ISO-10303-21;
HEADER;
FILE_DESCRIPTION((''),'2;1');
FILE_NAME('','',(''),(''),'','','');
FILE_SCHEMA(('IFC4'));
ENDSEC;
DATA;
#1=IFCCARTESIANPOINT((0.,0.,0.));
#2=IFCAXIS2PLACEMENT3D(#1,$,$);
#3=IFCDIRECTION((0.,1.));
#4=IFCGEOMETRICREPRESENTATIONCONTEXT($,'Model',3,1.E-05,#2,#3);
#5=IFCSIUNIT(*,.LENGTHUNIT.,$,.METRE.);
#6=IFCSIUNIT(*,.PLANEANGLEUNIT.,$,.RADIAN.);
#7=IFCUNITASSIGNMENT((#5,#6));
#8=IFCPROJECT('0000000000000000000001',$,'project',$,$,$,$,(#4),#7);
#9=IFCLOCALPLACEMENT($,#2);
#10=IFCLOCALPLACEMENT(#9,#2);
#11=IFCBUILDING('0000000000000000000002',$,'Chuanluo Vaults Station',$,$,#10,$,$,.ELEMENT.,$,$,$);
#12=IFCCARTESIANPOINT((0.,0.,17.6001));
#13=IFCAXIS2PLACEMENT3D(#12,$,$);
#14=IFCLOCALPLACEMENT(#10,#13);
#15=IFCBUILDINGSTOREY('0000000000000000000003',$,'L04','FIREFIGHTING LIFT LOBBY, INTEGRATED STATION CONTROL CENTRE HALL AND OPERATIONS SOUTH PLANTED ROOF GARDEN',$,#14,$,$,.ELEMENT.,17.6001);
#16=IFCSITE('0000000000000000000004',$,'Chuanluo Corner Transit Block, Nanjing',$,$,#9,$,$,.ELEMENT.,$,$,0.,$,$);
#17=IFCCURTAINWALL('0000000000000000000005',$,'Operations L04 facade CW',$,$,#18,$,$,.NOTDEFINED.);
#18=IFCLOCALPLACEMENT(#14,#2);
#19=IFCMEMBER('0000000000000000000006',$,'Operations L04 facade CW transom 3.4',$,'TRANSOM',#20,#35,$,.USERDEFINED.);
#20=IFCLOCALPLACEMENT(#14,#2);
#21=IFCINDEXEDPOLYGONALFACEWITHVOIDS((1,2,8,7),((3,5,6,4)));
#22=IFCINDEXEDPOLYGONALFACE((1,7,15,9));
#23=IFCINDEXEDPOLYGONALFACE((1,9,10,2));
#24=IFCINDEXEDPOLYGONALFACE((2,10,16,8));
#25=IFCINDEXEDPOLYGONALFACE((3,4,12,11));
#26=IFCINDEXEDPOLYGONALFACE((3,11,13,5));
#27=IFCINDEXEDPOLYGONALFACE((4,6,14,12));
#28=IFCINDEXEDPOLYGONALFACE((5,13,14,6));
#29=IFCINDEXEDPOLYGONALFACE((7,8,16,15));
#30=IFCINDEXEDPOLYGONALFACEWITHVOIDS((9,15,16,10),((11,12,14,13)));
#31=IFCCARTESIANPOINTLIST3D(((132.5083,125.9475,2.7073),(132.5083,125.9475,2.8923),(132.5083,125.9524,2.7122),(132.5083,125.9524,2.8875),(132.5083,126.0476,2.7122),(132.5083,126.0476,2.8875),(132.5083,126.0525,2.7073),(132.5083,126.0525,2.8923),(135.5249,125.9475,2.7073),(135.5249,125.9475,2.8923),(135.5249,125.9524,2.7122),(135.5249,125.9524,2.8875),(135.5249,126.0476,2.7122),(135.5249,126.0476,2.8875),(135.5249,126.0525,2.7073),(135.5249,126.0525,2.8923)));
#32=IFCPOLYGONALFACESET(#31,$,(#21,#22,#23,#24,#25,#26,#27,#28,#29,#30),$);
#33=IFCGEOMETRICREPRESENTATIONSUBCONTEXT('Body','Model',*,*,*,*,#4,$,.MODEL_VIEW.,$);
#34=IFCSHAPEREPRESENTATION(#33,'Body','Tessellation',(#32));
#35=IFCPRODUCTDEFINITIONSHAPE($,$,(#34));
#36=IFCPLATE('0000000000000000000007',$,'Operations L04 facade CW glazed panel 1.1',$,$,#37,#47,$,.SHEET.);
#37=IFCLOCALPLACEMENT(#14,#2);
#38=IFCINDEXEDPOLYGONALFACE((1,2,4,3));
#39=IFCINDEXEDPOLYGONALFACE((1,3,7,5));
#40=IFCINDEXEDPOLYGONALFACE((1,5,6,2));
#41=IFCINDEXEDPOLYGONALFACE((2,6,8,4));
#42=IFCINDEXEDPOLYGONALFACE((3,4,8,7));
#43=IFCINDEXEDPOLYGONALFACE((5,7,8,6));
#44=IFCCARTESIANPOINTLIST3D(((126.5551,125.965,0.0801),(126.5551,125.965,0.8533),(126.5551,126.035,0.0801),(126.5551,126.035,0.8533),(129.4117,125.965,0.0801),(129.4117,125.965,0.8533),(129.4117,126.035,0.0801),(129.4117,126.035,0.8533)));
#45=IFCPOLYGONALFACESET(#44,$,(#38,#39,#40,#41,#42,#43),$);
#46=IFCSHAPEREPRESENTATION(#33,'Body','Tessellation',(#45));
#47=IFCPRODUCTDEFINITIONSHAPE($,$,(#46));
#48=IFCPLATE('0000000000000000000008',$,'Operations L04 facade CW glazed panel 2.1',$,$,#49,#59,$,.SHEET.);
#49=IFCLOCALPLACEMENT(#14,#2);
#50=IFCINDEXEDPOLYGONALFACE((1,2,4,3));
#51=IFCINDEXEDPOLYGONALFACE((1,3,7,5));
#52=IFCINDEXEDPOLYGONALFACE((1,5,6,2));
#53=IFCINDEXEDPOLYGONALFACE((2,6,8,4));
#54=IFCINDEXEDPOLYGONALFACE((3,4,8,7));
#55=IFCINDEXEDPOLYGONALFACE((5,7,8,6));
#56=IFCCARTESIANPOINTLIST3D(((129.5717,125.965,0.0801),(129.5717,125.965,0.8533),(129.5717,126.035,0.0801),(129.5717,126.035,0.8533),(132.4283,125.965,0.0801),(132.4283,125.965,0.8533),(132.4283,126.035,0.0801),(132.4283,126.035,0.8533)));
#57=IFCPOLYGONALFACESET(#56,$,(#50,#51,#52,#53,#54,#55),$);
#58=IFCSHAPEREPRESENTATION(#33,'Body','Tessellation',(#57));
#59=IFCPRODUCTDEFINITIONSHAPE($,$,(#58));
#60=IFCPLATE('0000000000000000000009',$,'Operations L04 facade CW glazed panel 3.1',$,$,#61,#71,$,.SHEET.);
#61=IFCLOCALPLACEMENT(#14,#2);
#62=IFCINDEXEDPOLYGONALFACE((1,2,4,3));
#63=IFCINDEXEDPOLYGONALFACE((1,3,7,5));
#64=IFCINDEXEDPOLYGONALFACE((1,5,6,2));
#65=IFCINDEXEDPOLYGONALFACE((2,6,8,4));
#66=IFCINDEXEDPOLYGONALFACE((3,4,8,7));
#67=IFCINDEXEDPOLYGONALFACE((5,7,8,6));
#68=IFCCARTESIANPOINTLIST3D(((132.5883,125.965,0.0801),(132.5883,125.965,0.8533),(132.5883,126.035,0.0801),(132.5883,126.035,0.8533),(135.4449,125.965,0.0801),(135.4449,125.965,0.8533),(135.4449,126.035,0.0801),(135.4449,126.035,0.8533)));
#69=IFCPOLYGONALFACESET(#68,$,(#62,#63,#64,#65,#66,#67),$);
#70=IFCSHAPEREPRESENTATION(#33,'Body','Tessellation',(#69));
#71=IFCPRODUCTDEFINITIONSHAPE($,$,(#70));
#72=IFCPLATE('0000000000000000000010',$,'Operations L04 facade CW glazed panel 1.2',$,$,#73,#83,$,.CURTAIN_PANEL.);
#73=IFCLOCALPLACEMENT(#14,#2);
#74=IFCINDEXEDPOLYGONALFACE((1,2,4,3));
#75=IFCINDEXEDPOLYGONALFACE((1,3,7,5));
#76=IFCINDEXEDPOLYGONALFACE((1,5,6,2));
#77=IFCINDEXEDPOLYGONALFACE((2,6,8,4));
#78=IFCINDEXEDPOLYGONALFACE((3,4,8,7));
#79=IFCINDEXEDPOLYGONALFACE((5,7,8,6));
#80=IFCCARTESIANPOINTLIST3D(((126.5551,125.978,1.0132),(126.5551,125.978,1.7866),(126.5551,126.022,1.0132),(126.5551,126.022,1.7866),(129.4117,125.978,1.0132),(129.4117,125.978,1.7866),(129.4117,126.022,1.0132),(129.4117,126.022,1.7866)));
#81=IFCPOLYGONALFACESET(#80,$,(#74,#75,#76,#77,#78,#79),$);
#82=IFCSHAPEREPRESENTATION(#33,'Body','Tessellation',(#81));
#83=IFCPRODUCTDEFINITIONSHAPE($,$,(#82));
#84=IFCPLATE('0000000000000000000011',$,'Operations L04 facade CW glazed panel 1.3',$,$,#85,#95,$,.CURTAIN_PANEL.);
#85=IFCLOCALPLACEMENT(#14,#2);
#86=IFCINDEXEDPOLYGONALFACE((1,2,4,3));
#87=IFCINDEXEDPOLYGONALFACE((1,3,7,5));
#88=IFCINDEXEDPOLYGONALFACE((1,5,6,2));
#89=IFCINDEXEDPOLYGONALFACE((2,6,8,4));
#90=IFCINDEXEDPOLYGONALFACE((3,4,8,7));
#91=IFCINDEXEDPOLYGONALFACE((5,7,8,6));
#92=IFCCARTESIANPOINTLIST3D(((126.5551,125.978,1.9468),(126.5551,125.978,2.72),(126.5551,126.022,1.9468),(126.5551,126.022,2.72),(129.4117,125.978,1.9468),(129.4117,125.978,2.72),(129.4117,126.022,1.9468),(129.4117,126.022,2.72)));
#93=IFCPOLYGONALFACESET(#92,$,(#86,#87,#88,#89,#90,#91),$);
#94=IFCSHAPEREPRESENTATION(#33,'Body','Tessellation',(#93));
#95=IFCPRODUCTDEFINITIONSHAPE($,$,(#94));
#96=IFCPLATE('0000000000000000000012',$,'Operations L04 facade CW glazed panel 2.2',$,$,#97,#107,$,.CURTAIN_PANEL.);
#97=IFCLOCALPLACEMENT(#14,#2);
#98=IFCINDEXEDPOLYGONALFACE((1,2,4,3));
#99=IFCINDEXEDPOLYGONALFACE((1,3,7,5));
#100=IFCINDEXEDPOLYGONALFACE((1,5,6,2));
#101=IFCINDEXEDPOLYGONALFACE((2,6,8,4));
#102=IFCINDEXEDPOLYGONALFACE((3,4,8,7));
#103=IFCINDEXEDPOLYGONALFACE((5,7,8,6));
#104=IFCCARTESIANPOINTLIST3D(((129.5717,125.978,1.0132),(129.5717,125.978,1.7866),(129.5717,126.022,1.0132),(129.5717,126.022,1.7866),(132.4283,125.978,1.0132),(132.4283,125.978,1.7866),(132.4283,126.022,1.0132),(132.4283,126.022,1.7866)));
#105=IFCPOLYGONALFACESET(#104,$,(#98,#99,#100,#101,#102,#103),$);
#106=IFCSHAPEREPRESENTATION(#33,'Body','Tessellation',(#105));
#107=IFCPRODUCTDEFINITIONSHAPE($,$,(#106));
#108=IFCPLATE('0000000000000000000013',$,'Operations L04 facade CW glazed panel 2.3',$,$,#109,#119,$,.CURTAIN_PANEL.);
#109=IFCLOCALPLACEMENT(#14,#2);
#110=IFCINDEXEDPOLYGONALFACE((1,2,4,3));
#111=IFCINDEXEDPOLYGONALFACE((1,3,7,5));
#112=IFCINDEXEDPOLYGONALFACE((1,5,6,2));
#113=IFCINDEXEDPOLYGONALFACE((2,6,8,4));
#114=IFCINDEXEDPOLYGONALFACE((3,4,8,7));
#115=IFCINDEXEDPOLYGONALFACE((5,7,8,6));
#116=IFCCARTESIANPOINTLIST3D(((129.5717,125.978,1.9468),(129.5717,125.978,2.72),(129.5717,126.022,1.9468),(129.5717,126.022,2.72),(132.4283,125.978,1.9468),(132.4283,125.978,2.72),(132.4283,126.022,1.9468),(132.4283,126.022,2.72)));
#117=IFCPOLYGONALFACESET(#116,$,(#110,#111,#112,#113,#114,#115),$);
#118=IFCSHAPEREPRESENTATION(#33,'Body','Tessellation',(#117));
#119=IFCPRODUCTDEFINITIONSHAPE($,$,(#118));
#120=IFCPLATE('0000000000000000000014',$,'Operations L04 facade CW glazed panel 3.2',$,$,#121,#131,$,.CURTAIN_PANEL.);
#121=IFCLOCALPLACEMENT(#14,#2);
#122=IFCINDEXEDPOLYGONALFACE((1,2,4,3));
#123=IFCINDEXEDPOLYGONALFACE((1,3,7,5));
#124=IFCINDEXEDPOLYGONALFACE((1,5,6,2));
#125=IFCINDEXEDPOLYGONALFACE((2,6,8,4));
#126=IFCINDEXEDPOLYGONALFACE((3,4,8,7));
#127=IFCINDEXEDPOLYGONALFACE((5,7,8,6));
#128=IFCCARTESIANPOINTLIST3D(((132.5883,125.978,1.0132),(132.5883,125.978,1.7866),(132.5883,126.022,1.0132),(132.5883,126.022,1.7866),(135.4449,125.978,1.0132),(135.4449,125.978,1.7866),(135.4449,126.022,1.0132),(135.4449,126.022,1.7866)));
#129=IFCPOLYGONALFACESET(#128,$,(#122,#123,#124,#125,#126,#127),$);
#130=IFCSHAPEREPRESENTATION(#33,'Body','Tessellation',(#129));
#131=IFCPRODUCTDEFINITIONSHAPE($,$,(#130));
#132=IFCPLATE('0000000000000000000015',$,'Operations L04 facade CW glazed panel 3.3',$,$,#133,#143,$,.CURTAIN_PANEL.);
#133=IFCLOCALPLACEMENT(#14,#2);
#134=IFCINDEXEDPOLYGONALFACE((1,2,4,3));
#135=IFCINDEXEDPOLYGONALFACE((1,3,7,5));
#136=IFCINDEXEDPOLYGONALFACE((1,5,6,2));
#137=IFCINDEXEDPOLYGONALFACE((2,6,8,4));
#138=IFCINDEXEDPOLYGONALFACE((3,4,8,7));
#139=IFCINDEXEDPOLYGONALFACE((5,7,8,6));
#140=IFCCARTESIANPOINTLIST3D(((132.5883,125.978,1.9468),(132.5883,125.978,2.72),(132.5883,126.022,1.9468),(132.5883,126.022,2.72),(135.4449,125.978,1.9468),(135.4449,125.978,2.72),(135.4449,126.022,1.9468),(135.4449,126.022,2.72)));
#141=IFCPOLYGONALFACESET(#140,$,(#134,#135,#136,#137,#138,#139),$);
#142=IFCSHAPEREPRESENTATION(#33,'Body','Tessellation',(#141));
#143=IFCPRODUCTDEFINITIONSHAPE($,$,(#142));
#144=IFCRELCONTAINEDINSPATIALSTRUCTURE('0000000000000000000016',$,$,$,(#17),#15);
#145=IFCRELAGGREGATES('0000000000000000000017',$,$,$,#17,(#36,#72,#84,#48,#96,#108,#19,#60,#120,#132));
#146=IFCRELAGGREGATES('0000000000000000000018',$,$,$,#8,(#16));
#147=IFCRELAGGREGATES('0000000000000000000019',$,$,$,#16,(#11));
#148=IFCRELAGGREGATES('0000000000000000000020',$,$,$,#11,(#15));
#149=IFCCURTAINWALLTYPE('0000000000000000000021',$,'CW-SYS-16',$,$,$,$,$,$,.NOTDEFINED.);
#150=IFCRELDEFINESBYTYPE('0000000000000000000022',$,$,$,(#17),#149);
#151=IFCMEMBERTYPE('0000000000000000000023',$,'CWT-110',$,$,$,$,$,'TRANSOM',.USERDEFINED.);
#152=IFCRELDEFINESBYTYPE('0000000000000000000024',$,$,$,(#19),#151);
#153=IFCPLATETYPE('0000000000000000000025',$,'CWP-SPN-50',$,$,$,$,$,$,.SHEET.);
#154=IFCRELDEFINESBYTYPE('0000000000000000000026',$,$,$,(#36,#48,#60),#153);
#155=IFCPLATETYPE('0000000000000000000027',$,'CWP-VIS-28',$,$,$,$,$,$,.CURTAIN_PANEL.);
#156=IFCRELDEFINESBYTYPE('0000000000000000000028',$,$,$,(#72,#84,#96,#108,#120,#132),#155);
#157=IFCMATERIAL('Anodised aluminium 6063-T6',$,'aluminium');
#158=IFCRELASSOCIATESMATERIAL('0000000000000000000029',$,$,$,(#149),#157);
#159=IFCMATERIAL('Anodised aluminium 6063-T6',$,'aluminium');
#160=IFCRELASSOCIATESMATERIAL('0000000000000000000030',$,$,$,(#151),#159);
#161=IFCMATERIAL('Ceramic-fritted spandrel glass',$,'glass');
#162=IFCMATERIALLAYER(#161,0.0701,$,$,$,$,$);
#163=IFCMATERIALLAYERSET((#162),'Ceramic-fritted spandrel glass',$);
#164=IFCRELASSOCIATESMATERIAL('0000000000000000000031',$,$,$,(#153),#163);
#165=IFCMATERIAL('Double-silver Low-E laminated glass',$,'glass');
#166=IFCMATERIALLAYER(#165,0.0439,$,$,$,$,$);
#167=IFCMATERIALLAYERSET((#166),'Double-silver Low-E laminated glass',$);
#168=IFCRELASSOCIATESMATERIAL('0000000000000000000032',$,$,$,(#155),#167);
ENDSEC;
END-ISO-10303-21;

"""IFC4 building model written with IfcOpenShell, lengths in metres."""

from ifc_helpers import new_model, si_unit, direction, frame, origin, origin_2d, place, context, subcontext, project, spatial, rectangle, hollow_rectangle, extrude, material, layer, layer_set, material_profile, profile_set, type_object, element, aggregate, save


model = new_model("IFC4")

# Units and contexts
model_context = context("Model", 3, precision=1e-05, world=origin(), true_north=direction((0.0, 1.0)))
body_context = subcontext(model_context, "Body", "Model", "MODEL_VIEW")
ifc_project = project(units=[si_unit("LENGTHUNIT", "METRE"), si_unit("PLANEANGLEUNIT", "RADIAN")], contexts=[model_context])

# Site, building, storey
site_placement = place(None, origin())
site = spatial("IfcSite", under=ifc_project, at=site_placement, Name="Chuanluo Corner Transit Block, Nanjing", CompositionType="ELEMENT", RefElevation=0.0)
building_placement = place(site_placement, origin())
building = spatial("IfcBuilding", under=site, at=building_placement, Name="Chuanluo Vaults Station", CompositionType="ELEMENT")
storey_placement = place(building_placement, frame((0.0, 0.0, 17.6001)))
storey = spatial("IfcBuildingStorey", under=building, at=storey_placement, Name="L04", Description="FIREFIGHTING LIFT LOBBY, INTEGRATED STATION CONTROL CENTRE HALL AND OPERATIONS SOUTH PLANTED ROOF GARDEN", CompositionType="ELEMENT", Elevation=17.6001)

# Curtain wall, member, plates
ifc_material_1 = material(Name="Anodised aluminium 6063-T6", Category="aluminium")
curtain_wall_type = type_object("IfcCurtainWallType", Name="CW-SYS-16", PredefinedType="NOTDEFINED", material=ifc_material_1)
curtain_wall_placement = place(storey_placement, origin())
curtain_wall = element("IfcCurtainWall", 1, at=curtain_wall_placement, inside=storey, type_object=curtain_wall_type, Name="Operations L04 facade CW", PredefinedType="NOTDEFINED")
ifc_material_2 = material(Name="Anodised aluminium 6063-T6", Category="aluminium")
ifc_material_profile_1 = material_profile(ifc_material_2, hollow_rectangle(XDim=0.105, YDim=0.1851, WallThickness=0.0049, at=origin_2d()))
ifc_profile_set_1 = profile_set([ifc_material_profile_1], Name="Anodised aluminium 6063-T6")
member_type_1 = type_object("IfcMemberType", Name="CWT-110", ElementType="TRANSOM", PredefinedType="USERDEFINED", material=ifc_profile_set_1)
member_1_placement = place(storey_placement, frame((132.5083, 126.0, 2.7998), z_axis=(1.0, 0.0, 0.0), x_axis=(0.0, 1.0, 0.0)))
member_1 = element("IfcMember", 2, at=member_1_placement, type_object=member_type_1, Name="Operations L04 facade CW transom 3.4", ObjectType="TRANSOM", PredefinedType="USERDEFINED", context=body_context, shape_type="SweptSolid", body=[
    extrude(hollow_rectangle(XDim=0.105, YDim=0.1851, WallThickness=0.0049, at=origin_2d()), origin(), (0.0, 0.0, 1.0), 3.0166),
])
ifc_material_3 = material(Name="Ceramic-fritted spandrel glass", Category="glass")
ifc_layer_1 = layer(ifc_material_3, 0.0701)
ifc_layer_set_1 = layer_set([ifc_layer_1], Name="Ceramic-fritted spandrel glass")
plate_type_1 = type_object("IfcPlateType", Name="CWP-SPN-50", PredefinedType="SHEET", material=ifc_layer_set_1)
plate_1_placement = place(storey_placement, frame((127.9834, 126.0, 0.0801), z_axis=(0.0, 0.0, 1.0), x_axis=(1.0, 0.0, 0.0)))
plate_1 = element("IfcPlate", 3, at=plate_1_placement, type_object=plate_type_1, Name="Operations L04 facade CW glazed panel 1.1", PredefinedType="SHEET", context=body_context, shape_type="SweptSolid", body=[
    extrude(rectangle(XDim=2.8567, YDim=0.0701, at=origin_2d()), origin(), (0.0, 0.0, 1.0), 0.7732),
])
plate_2_placement = place(storey_placement, frame((131.0, 126.0, 0.0801), z_axis=(0.0, 0.0, 1.0), x_axis=(1.0, 0.0, 0.0)))
plate_2 = element("IfcPlate", 4, at=plate_2_placement, type_object=plate_type_1, Name="Operations L04 facade CW glazed panel 2.1", PredefinedType="SHEET", context=body_context, shape_type="SweptSolid", body=[
    extrude(rectangle(XDim=2.8567, YDim=0.0701, at=origin_2d()), origin(), (0.0, 0.0, 1.0), 0.7732),
])
plate_3_placement = place(storey_placement, frame((134.0166, 126.0, 0.0801), z_axis=(0.0, 0.0, 1.0), x_axis=(1.0, 0.0, 0.0)))
plate_3 = element("IfcPlate", 5, at=plate_3_placement, type_object=plate_type_1, Name="Operations L04 facade CW glazed panel 3.1", PredefinedType="SHEET", context=body_context, shape_type="SweptSolid", body=[
    extrude(rectangle(XDim=2.8567, YDim=0.0701, at=origin_2d()), origin(), (0.0, 0.0, 1.0), 0.7732),
])
ifc_material_4 = material(Name="Double-silver Low-E laminated glass", Category="glass")
ifc_layer_2 = layer(ifc_material_4, 0.0439)
ifc_layer_set_2 = layer_set([ifc_layer_2], Name="Double-silver Low-E laminated glass")
plate_type_2 = type_object("IfcPlateType", Name="CWP-VIS-28", PredefinedType="CURTAIN_PANEL", material=ifc_layer_set_2)
plate_4_placement = place(storey_placement, frame((127.9834, 126.0, 1.0132), z_axis=(0.0, 0.0, 1.0), x_axis=(1.0, 0.0, 0.0)))
plate_4 = element("IfcPlate", 6, at=plate_4_placement, type_object=plate_type_2, Name="Operations L04 facade CW glazed panel 1.2", PredefinedType="CURTAIN_PANEL", context=body_context, shape_type="SweptSolid", body=[
    extrude(rectangle(XDim=2.8567, YDim=0.0439, at=origin_2d()), origin(), (0.0, 0.0, 1.0), 0.7734),
])
plate_5_placement = place(storey_placement, frame((127.9834, 126.0, 1.9468), z_axis=(0.0, 0.0, 1.0), x_axis=(1.0, 0.0, 0.0)))
plate_5 = element("IfcPlate", 7, at=plate_5_placement, type_object=plate_type_2, Name="Operations L04 facade CW glazed panel 1.3", PredefinedType="CURTAIN_PANEL", context=body_context, shape_type="SweptSolid", body=[
    extrude(rectangle(XDim=2.8567, YDim=0.0439, at=origin_2d()), origin(), (0.0, 0.0, 1.0), 0.7732),
])
plate_6_placement = place(storey_placement, frame((131.0, 126.0, 1.0132), z_axis=(0.0, 0.0, 1.0), x_axis=(1.0, 0.0, 0.0)))
plate_6 = element("IfcPlate", 8, at=plate_6_placement, type_object=plate_type_2, Name="Operations L04 facade CW glazed panel 2.2", PredefinedType="CURTAIN_PANEL", context=body_context, shape_type="SweptSolid", body=[
    extrude(rectangle(XDim=2.8567, YDim=0.0439, at=origin_2d()), origin(), (0.0, 0.0, 1.0), 0.7734),
])
plate_7_placement = place(storey_placement, frame((131.0, 126.0, 1.9468), z_axis=(0.0, 0.0, 1.0), x_axis=(1.0, 0.0, 0.0)))
plate_7 = element("IfcPlate", 9, at=plate_7_placement, type_object=plate_type_2, Name="Operations L04 facade CW glazed panel 2.3", PredefinedType="CURTAIN_PANEL", context=body_context, shape_type="SweptSolid", body=[
    extrude(rectangle(XDim=2.8567, YDim=0.0439, at=origin_2d()), origin(), (0.0, 0.0, 1.0), 0.7732),
])
plate_8_placement = place(storey_placement, frame((134.0166, 126.0, 1.0132), z_axis=(0.0, 0.0, 1.0), x_axis=(1.0, 0.0, 0.0)))
plate_8 = element("IfcPlate", 10, at=plate_8_placement, type_object=plate_type_2, Name="Operations L04 facade CW glazed panel 3.2", PredefinedType="CURTAIN_PANEL", context=body_context, shape_type="SweptSolid", body=[
    extrude(rectangle(XDim=2.8567, YDim=0.0439, at=origin_2d()), origin(), (0.0, 0.0, 1.0), 0.7734),
])
plate_9_placement = place(storey_placement, frame((134.0166, 126.0, 1.9468), z_axis=(0.0, 0.0, 1.0), x_axis=(1.0, 0.0, 0.0)))
plate_9 = element("IfcPlate", 11, at=plate_9_placement, type_object=plate_type_2, Name="Operations L04 facade CW glazed panel 3.3", PredefinedType="CURTAIN_PANEL", context=body_context, shape_type="SweptSolid", body=[
    extrude(rectangle(XDim=2.8567, YDim=0.0439, at=origin_2d()), origin(), (0.0, 0.0, 1.0), 0.7732),
])
aggregate(curtain_wall, [plate_1, plate_4, plate_5, plate_2, plate_6, plate_7, member_1, plate_3, plate_8, plate_9])

save(model, "model.ifc")
